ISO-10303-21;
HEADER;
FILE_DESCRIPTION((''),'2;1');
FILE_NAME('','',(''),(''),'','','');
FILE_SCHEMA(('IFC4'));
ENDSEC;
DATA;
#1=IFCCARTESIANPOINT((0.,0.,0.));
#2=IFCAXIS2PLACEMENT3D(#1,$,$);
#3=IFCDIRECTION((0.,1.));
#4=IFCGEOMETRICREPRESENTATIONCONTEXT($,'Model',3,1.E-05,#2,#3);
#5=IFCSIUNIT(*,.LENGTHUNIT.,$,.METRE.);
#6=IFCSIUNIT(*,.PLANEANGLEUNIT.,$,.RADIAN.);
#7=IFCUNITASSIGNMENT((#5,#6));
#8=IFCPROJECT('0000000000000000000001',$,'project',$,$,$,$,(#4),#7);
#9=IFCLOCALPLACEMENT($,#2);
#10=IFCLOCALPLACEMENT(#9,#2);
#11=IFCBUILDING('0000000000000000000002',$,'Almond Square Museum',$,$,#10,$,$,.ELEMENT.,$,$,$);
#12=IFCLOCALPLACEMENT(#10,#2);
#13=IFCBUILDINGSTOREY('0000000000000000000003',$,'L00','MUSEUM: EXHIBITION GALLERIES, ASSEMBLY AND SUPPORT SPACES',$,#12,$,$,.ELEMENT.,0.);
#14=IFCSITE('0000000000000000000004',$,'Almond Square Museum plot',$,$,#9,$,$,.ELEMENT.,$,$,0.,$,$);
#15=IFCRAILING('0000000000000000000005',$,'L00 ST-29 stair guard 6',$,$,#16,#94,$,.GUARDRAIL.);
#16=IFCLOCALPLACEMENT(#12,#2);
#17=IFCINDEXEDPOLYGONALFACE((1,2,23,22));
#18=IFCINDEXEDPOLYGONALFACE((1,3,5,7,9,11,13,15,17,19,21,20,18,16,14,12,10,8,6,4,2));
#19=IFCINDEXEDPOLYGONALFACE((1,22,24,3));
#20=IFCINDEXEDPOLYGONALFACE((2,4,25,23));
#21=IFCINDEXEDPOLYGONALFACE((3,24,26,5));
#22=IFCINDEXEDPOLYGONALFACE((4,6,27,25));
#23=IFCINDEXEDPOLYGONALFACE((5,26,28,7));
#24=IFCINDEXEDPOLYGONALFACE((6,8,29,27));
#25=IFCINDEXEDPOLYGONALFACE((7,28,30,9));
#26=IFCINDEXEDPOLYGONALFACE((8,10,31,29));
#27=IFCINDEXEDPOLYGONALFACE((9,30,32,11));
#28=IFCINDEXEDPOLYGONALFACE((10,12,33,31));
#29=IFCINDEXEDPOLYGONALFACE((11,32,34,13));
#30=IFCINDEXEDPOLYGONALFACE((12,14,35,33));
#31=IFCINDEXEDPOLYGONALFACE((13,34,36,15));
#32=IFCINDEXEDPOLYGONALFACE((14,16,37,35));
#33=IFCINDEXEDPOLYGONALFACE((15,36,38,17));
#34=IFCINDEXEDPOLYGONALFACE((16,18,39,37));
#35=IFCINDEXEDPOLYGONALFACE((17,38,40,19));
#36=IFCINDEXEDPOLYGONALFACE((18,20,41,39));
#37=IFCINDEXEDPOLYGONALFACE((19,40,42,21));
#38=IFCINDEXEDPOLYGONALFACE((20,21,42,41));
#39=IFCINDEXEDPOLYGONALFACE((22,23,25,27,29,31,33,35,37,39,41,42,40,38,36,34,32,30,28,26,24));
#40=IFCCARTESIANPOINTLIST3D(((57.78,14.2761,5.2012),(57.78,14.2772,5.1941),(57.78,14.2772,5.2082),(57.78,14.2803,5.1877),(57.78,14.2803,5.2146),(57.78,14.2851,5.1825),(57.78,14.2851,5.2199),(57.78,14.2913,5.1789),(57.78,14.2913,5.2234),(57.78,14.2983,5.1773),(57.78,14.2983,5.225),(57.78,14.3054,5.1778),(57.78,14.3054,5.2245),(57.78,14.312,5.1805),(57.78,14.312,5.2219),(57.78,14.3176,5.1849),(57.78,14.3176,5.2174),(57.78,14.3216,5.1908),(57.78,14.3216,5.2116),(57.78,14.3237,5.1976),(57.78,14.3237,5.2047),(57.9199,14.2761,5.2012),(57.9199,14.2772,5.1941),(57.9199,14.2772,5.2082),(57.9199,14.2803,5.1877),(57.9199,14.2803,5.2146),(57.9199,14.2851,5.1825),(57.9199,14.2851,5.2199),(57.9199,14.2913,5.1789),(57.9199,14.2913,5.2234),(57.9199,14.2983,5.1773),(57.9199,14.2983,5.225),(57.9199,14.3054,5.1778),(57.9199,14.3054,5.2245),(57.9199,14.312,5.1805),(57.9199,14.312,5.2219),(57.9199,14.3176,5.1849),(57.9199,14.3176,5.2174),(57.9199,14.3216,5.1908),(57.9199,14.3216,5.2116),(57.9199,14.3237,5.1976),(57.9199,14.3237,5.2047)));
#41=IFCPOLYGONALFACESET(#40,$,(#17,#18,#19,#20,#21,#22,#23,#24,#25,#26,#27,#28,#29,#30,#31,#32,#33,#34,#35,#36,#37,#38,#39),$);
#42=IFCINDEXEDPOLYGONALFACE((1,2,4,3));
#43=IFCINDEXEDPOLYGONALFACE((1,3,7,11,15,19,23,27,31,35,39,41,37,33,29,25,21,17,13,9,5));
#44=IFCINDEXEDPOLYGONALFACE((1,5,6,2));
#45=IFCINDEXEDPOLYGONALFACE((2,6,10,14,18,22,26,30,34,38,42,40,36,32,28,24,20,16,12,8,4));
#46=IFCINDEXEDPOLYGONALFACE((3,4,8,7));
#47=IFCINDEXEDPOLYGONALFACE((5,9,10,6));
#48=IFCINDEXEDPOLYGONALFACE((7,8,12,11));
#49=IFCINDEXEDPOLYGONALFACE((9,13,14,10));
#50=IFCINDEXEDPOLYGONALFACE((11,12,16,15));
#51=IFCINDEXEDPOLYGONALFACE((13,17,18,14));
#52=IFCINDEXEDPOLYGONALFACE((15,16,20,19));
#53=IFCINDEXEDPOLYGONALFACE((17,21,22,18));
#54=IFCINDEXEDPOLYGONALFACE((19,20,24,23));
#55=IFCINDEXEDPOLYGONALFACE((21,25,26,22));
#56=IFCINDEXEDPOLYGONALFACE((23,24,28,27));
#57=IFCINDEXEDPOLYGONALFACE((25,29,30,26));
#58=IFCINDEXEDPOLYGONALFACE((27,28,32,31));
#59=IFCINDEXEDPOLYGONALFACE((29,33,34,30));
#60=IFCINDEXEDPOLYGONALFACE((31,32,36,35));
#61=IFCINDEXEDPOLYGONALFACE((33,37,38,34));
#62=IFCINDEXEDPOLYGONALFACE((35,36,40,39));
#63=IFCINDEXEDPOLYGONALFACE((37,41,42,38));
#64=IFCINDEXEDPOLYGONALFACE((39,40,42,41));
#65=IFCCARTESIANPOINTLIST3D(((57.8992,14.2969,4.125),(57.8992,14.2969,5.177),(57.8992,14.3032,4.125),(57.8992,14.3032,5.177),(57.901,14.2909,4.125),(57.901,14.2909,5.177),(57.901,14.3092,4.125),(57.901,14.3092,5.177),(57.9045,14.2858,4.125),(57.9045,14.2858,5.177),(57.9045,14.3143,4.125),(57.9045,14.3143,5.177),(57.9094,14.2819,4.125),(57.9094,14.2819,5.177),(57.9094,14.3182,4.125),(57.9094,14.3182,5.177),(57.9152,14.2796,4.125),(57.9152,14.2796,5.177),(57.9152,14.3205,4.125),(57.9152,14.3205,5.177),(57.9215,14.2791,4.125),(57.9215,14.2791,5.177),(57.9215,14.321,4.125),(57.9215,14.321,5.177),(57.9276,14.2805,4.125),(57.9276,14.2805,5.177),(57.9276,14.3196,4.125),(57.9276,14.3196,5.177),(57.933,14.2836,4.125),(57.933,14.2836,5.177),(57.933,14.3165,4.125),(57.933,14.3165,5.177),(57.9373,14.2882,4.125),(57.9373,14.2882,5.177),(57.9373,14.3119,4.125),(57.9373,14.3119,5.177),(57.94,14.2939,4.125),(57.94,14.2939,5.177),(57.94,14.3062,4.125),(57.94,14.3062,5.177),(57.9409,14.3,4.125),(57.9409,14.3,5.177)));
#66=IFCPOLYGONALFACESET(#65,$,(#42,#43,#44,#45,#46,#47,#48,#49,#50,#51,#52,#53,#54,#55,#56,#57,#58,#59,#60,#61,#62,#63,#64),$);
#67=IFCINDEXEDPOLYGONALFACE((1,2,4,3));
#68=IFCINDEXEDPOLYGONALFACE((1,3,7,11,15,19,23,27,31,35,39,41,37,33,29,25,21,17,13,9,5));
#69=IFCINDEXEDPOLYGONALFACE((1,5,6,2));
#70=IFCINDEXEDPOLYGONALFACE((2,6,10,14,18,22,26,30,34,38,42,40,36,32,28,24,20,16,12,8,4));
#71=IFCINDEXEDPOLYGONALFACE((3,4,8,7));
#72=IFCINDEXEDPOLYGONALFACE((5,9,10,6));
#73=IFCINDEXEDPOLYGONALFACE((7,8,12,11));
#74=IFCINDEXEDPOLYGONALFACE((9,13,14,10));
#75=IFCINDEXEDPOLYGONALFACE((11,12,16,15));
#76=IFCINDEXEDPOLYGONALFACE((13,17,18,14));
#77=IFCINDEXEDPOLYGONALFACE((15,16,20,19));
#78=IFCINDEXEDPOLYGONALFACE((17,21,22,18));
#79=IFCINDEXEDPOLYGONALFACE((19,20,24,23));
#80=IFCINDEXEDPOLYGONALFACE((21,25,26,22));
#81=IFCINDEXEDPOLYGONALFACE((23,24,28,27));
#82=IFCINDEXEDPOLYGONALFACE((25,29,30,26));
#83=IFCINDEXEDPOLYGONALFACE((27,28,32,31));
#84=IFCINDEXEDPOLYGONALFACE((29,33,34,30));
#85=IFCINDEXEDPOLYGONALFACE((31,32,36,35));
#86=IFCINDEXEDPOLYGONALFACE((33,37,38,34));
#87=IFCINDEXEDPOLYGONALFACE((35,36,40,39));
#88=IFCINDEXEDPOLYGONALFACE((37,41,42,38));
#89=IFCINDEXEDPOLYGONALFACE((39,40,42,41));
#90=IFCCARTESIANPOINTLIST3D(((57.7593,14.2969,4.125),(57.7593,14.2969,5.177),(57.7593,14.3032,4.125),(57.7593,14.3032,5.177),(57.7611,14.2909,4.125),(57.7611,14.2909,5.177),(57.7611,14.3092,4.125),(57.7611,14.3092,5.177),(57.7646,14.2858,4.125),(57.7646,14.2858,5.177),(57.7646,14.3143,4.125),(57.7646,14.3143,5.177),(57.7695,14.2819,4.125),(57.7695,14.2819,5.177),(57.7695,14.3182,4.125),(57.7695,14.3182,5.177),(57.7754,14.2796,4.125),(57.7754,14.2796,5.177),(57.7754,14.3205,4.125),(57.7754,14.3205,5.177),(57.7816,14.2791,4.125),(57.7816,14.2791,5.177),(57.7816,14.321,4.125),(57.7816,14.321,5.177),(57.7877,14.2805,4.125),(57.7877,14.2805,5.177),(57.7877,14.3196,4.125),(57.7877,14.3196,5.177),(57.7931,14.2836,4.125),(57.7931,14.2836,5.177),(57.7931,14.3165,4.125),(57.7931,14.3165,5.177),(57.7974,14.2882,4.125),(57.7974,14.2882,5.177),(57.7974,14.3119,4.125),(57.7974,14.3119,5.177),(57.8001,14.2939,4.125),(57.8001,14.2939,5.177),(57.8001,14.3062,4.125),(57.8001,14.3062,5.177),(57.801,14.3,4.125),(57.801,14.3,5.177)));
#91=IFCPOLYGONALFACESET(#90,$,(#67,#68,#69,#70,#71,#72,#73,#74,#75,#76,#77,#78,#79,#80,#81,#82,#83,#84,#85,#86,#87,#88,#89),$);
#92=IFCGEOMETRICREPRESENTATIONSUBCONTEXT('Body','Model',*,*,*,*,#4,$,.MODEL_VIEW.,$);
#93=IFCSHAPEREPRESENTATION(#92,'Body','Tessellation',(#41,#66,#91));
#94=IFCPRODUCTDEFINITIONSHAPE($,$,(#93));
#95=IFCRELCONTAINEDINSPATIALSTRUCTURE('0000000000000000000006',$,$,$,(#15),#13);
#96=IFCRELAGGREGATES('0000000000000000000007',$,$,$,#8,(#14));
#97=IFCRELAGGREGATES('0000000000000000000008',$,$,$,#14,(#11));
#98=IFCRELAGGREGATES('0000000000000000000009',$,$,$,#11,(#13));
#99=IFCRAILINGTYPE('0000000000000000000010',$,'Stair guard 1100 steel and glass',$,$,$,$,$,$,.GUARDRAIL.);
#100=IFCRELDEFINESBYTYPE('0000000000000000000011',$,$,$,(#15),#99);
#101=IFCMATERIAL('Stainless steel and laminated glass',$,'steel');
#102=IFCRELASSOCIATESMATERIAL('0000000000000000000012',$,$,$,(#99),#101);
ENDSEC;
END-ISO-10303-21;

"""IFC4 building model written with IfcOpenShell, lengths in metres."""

from ifc_helpers import new_model, si_unit, direction, frame, origin, origin_2d, place, context, subcontext, project, spatial, circle, extrude, material, type_object, element, save


model = new_model("IFC4")

# Units and contexts
model_context = context("Model", 3, precision=1e-05, world=origin(), true_north=direction((0.0, 1.0)))
body_context = subcontext(model_context, "Body", "Model", "MODEL_VIEW")
ifc_project = project(units=[si_unit("LENGTHUNIT", "METRE"), si_unit("PLANEANGLEUNIT", "RADIAN")], contexts=[model_context])

# Site, building, storey
site_placement = place(None, origin())
site = spatial("IfcSite", under=ifc_project, at=site_placement, Name="Almond Square Museum plot", CompositionType="ELEMENT", RefElevation=0.0)
building_placement = place(site_placement, origin())
building = spatial("IfcBuilding", under=site, at=building_placement, Name="Almond Square Museum", CompositionType="ELEMENT")
storey_placement = place(building_placement, origin())
storey = spatial("IfcBuildingStorey", under=building, at=storey_placement, Name="L00", Description="MUSEUM: EXHIBITION GALLERIES, ASSEMBLY AND SUPPORT SPACES", CompositionType="ELEMENT", Elevation=0.0)

# Railing
ifc_material_1 = material(Name="Stainless steel and laminated glass", Category="steel")
railing_type_1 = type_object("IfcRailingType", Name="Stair guard 1100 steel and glass", PredefinedType="GUARDRAIL", material=ifc_material_1)
railing_1_placement = place(storey_placement, frame((57.9199, 14.3, 4.125)))
element("IfcRailing", 1, at=railing_1_placement, inside=storey, type_object=railing_type_1, Name="L00 ST-29 stair guard 6", PredefinedType="GUARDRAIL", context=body_context, shape_type="SweptSolid", body=[
    extrude(circle(Radius=0.0239, at=origin_2d()), frame((0.0, 0.0, 1.0762), z_axis=(-1.0, 0.0, 0.0), x_axis=(0.0, -1.0, 0.0)), (0.0, 0.0, 1.0), 0.1399),
    extrude(circle(Radius=0.021, at=origin_2d()), origin(), (0.0, 0.0, 1.0), 1.052),
    extrude(circle(Radius=0.021, at=origin_2d()), frame((-0.1399, 0.0, 0.0)), (0.0, 0.0, 1.0), 1.052),
])

save(model, "model.ifc")
